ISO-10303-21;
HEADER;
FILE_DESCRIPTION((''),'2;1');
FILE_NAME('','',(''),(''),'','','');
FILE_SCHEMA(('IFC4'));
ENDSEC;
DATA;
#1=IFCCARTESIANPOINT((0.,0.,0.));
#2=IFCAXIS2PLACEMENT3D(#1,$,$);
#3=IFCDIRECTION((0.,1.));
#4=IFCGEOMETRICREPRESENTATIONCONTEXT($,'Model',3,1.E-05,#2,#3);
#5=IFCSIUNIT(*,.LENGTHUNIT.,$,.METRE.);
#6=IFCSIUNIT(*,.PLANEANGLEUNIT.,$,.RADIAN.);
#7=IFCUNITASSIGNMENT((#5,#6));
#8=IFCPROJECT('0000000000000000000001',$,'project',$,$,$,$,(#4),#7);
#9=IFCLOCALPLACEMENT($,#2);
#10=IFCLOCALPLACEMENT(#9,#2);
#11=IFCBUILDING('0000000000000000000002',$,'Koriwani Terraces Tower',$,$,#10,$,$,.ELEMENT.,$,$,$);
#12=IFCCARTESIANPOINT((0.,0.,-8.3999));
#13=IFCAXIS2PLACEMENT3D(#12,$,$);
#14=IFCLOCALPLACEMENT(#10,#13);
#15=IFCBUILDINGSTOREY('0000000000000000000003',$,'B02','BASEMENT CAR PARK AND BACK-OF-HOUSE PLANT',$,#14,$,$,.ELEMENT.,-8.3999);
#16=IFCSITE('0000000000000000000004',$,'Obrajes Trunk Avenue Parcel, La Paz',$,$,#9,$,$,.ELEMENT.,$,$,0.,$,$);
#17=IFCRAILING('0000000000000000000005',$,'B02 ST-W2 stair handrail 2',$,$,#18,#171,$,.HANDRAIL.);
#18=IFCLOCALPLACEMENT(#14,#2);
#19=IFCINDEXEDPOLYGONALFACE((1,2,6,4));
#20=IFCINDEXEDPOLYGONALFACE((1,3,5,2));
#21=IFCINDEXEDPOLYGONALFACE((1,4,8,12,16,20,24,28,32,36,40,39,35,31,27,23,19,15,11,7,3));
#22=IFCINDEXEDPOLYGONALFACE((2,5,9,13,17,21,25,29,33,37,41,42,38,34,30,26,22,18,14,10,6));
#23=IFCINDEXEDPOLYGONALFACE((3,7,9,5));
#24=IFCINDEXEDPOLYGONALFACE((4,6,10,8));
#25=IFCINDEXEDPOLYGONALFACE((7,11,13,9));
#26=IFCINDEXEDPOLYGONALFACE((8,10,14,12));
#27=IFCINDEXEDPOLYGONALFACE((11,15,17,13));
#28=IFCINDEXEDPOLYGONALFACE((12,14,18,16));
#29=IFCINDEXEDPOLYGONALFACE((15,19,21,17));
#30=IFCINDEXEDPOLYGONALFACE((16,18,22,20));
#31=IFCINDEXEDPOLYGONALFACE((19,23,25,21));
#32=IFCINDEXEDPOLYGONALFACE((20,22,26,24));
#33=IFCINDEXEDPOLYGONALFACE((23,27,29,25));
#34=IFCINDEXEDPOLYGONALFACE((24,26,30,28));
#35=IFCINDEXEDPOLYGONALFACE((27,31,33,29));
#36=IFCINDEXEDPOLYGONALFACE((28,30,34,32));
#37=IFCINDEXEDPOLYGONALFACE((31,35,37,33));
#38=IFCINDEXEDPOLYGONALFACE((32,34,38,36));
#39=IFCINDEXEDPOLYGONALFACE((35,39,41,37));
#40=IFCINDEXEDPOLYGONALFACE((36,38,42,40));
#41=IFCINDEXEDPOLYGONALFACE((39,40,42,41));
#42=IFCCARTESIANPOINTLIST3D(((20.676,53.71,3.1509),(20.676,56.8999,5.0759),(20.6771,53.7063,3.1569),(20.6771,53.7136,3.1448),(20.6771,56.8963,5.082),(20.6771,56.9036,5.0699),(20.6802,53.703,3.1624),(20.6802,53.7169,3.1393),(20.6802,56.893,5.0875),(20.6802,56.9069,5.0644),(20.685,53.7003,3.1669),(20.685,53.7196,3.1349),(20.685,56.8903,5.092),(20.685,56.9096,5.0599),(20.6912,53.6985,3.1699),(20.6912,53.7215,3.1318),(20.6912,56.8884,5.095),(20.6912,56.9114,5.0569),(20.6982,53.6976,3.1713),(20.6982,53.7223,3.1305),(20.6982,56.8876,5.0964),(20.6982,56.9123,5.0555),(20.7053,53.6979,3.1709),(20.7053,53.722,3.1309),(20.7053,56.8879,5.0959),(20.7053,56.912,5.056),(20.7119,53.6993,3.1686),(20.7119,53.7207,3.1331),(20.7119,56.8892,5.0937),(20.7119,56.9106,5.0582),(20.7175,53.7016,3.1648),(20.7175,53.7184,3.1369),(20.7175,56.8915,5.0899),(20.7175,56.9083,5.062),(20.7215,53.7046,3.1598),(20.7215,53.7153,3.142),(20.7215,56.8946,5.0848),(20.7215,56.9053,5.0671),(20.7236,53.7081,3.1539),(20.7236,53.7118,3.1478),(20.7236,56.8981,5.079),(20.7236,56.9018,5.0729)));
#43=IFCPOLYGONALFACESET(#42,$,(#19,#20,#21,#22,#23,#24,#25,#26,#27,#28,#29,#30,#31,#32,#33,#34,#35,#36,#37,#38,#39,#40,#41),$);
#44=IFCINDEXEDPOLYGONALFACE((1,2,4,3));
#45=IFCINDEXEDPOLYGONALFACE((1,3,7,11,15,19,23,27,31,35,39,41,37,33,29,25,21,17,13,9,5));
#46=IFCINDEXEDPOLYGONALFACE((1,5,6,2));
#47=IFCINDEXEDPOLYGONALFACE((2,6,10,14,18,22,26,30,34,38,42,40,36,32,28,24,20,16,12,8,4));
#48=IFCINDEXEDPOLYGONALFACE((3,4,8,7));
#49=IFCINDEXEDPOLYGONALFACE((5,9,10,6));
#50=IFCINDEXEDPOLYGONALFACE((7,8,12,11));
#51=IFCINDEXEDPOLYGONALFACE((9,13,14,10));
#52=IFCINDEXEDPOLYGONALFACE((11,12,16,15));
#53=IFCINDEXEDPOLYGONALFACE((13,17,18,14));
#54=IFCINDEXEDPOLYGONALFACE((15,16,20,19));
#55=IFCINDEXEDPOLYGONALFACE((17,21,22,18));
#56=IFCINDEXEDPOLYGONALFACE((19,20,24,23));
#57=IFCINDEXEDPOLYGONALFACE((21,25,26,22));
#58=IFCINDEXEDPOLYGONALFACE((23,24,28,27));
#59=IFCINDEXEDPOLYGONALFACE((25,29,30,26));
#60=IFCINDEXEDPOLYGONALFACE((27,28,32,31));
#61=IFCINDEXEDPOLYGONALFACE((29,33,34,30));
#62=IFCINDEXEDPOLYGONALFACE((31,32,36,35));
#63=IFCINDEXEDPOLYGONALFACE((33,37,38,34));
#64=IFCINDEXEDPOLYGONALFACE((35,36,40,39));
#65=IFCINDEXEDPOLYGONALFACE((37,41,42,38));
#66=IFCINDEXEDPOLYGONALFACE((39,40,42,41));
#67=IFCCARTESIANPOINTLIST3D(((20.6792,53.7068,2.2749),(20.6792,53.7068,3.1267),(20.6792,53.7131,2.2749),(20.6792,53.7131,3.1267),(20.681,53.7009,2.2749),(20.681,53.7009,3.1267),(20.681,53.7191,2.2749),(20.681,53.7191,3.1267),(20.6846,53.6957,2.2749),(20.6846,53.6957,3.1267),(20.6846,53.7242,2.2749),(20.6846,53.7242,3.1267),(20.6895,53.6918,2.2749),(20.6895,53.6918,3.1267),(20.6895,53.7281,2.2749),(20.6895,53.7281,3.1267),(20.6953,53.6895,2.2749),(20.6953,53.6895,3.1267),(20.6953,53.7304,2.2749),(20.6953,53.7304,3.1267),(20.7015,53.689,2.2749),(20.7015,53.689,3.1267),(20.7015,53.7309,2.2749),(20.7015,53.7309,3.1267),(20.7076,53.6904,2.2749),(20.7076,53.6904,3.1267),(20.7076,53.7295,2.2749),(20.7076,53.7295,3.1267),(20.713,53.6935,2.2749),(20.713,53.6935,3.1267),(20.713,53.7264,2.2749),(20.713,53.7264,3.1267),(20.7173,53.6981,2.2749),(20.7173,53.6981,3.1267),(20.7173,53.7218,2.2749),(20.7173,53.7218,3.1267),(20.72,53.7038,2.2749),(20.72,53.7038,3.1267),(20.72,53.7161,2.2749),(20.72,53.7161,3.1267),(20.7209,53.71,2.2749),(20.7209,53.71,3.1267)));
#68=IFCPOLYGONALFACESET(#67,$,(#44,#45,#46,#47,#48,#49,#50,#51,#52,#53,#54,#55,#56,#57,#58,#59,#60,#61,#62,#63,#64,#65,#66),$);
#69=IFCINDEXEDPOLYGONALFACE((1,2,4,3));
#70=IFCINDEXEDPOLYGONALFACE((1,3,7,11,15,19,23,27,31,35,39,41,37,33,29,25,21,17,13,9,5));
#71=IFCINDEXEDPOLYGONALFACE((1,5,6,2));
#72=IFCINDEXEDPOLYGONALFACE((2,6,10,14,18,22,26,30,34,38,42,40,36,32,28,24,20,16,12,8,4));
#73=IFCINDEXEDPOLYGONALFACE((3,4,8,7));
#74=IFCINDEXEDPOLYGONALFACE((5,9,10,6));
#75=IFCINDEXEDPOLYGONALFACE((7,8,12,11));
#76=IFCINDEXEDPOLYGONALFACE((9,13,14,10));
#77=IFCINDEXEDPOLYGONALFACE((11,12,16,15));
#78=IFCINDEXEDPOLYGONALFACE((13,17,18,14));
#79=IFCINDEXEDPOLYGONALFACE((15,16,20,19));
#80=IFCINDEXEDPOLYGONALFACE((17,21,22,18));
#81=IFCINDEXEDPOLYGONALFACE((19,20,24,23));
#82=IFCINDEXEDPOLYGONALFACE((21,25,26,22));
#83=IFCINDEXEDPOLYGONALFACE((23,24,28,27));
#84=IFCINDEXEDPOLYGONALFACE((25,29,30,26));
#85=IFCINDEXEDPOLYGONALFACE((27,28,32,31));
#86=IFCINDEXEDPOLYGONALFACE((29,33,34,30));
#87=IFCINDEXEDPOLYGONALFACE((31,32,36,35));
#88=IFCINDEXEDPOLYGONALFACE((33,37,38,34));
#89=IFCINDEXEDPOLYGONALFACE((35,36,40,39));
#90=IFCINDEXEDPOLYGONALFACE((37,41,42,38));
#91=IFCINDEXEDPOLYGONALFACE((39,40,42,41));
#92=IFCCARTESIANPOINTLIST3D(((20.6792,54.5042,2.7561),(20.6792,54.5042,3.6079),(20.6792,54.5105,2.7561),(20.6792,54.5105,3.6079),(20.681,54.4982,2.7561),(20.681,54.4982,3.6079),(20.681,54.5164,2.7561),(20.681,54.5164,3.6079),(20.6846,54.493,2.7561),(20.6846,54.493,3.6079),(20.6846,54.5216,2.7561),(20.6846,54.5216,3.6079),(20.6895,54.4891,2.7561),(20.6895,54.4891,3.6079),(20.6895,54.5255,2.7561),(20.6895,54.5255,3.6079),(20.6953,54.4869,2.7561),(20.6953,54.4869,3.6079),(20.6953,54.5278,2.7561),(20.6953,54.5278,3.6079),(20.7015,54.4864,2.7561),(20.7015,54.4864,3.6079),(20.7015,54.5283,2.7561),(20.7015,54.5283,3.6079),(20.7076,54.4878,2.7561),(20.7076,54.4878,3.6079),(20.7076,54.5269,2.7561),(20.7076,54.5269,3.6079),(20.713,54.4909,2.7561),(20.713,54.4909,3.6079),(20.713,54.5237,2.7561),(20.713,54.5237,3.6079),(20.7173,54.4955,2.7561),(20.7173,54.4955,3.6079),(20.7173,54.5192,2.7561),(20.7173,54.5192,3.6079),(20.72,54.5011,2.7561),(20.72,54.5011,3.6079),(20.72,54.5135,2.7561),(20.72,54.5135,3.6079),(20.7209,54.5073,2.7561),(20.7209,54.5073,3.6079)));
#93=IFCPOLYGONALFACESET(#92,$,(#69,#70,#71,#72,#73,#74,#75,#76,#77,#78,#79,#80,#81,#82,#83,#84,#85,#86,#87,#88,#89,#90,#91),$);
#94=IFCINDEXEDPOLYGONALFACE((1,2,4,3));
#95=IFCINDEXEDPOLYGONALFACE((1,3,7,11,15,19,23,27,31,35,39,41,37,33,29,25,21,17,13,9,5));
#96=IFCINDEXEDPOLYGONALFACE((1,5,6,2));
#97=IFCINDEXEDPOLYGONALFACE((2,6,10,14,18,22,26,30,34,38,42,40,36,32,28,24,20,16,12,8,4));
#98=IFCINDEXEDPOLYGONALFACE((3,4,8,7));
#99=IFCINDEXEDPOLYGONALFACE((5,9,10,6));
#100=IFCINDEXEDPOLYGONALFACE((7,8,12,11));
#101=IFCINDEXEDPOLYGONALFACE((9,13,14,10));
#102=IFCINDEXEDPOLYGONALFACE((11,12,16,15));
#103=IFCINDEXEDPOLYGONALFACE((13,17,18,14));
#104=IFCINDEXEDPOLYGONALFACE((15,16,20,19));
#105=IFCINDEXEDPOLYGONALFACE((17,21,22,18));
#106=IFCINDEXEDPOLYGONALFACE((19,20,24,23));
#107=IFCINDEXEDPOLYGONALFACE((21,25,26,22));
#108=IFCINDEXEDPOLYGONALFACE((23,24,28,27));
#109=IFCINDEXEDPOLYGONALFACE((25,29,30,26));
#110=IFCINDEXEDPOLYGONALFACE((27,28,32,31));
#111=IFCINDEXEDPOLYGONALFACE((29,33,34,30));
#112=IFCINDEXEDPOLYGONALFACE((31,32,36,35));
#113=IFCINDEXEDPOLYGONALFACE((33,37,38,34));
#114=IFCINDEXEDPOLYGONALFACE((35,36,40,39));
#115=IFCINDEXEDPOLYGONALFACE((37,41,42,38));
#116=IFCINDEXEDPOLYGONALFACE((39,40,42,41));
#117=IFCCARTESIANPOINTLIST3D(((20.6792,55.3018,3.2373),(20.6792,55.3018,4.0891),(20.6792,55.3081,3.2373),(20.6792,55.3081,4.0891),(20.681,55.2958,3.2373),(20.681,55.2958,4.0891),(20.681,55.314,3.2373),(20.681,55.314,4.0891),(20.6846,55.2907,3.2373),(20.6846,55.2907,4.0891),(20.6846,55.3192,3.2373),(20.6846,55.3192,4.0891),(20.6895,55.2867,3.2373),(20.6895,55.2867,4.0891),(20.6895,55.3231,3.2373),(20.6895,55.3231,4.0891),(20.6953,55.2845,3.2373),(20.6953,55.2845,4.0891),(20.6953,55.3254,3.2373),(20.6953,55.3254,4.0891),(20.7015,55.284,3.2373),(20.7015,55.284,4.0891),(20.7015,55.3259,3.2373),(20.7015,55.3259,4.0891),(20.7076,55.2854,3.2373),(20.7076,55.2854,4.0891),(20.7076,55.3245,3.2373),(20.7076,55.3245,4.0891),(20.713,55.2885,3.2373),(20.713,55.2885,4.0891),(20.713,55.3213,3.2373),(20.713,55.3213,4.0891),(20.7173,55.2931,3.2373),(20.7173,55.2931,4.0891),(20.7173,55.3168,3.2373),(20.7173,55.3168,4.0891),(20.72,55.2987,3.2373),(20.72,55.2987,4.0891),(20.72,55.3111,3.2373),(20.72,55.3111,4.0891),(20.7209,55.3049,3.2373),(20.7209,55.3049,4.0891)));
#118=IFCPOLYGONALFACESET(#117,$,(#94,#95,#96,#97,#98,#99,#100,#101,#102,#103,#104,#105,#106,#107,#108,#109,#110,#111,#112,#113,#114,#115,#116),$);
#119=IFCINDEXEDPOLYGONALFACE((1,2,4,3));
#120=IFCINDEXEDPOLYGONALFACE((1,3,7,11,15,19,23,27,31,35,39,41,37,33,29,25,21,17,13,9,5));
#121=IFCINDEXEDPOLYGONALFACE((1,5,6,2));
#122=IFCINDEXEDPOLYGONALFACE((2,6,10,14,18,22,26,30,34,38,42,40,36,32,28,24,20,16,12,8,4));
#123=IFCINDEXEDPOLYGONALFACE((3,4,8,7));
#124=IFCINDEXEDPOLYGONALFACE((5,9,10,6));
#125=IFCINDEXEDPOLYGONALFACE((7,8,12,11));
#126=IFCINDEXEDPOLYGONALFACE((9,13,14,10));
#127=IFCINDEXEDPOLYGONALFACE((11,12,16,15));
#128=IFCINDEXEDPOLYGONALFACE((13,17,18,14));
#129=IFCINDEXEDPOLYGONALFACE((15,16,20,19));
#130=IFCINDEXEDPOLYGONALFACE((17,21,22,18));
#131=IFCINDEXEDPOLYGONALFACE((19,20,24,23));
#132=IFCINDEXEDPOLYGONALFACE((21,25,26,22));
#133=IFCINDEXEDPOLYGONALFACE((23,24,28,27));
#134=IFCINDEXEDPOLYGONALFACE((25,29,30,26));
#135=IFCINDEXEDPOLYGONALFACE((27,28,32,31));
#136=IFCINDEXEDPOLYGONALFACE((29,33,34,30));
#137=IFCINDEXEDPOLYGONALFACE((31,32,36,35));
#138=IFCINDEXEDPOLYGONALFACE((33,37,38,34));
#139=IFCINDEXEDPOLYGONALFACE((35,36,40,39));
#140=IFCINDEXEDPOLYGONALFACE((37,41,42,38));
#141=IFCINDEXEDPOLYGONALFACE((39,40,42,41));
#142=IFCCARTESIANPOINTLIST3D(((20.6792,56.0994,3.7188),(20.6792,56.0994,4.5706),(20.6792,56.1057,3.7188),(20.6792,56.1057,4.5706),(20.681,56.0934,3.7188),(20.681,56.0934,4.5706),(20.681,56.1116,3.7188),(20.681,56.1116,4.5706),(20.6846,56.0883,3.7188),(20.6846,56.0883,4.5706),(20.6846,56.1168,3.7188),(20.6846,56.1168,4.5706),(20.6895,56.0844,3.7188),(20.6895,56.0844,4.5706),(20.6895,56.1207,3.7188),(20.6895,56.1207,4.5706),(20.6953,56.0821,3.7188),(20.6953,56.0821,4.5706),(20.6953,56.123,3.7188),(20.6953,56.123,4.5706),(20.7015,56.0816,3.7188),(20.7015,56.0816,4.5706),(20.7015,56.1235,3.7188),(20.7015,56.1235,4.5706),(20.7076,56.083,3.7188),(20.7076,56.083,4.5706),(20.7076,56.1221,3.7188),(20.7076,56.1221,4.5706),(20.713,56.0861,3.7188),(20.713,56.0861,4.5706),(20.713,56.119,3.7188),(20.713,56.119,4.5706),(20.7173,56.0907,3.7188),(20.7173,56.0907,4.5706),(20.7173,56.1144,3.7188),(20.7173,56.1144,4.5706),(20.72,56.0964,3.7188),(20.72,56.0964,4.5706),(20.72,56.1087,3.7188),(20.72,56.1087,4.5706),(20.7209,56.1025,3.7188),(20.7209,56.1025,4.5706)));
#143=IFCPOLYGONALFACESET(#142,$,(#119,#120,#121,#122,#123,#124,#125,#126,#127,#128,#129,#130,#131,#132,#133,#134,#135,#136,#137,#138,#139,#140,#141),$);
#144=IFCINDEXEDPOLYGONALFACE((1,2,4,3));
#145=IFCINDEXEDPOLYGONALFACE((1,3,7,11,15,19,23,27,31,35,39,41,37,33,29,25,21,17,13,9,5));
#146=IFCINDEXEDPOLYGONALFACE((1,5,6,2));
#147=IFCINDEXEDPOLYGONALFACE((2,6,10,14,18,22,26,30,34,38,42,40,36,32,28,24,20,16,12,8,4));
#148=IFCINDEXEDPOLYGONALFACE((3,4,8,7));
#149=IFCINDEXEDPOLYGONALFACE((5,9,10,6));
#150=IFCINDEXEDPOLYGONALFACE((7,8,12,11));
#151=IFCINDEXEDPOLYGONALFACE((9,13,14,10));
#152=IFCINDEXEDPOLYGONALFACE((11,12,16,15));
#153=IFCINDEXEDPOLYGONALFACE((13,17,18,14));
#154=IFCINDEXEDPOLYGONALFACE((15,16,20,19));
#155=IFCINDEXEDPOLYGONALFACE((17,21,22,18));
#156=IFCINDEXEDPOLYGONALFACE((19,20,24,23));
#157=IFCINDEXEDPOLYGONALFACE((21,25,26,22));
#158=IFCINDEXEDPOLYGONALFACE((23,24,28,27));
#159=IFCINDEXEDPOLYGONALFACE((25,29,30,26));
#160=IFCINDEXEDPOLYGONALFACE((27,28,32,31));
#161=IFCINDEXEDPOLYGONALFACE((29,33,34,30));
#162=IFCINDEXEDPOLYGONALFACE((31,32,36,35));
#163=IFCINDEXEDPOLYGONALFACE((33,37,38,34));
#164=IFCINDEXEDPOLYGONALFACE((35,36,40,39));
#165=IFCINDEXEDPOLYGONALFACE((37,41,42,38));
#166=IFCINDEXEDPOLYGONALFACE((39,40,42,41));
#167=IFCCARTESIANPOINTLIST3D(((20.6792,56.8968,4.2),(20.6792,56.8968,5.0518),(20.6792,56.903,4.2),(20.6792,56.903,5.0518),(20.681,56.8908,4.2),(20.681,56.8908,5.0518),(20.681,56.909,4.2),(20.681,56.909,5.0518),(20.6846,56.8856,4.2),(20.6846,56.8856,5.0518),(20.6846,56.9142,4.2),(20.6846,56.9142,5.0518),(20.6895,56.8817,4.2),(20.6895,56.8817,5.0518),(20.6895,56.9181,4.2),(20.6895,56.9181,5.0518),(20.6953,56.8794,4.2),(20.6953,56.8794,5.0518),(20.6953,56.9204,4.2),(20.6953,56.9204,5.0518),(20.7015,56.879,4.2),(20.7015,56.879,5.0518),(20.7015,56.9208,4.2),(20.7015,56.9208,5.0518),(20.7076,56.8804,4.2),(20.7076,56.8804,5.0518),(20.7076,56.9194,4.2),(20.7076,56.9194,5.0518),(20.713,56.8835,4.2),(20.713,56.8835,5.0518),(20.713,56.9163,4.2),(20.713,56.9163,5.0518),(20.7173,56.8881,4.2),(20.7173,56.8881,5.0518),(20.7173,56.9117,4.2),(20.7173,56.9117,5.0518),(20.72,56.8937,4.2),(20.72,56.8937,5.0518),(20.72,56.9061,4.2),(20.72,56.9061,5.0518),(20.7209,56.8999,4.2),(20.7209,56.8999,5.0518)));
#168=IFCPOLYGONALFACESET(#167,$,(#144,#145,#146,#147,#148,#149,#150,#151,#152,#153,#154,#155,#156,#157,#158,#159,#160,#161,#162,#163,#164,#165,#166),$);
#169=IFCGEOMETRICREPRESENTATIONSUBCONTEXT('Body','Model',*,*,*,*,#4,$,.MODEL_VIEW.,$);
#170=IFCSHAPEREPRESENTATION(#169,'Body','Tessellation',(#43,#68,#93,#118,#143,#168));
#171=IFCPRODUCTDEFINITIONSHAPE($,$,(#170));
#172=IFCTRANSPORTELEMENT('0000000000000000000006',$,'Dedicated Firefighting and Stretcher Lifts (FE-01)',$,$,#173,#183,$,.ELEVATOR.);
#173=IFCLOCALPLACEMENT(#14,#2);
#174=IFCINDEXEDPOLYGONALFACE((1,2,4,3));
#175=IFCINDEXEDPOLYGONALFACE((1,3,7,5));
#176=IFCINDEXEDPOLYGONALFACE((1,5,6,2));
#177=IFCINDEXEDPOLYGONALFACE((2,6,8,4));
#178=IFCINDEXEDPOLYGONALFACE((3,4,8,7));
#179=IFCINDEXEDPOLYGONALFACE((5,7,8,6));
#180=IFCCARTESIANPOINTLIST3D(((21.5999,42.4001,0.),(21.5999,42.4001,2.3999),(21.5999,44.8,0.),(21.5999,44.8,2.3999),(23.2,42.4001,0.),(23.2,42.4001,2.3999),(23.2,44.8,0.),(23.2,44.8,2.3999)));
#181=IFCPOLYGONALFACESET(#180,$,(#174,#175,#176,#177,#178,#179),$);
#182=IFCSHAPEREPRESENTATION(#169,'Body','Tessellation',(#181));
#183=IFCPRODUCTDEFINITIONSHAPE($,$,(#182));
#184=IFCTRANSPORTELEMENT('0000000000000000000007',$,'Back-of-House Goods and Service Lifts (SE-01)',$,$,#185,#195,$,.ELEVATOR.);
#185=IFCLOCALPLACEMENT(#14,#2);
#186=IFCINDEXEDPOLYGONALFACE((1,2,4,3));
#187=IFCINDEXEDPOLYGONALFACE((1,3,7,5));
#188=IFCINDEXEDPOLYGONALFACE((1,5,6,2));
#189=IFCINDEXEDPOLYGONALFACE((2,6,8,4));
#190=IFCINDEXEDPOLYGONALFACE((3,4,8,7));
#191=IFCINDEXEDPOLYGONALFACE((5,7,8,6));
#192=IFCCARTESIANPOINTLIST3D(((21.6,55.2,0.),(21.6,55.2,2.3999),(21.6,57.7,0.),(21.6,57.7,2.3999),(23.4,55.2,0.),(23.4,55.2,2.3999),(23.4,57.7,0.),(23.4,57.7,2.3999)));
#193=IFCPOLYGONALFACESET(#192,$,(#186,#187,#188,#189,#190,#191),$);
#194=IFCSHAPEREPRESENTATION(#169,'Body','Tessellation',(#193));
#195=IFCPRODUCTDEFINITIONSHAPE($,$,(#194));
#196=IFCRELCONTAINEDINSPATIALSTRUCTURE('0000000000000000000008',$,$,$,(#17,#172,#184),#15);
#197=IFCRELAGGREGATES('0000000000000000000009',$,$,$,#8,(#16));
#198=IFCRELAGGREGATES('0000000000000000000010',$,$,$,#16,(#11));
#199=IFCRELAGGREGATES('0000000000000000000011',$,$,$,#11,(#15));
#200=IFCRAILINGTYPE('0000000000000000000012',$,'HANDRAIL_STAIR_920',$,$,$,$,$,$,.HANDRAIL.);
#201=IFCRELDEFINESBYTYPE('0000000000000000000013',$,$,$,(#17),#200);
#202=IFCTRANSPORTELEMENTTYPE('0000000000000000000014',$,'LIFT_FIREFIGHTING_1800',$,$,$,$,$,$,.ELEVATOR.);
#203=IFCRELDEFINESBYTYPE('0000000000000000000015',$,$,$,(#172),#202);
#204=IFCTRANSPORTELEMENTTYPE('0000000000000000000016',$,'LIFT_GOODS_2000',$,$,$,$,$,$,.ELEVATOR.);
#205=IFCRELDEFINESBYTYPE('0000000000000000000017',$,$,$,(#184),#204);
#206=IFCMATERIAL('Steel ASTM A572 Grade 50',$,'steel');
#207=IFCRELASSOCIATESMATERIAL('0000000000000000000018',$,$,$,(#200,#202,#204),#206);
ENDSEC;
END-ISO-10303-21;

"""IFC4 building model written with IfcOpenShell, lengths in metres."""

from ifc_helpers import new_model, si_unit, direction, frame, origin, origin_2d, place, context, subcontext, project, spatial, rectangle, circle, extrude, material, type_object, element, save


model = new_model("IFC4")

# Units and contexts
model_context = context("Model", 3, precision=1e-05, world=origin(), true_north=direction((0.0, 1.0)))
body_context = subcontext(model_context, "Body", "Model", "MODEL_VIEW")
ifc_project = project(units=[si_unit("LENGTHUNIT", "METRE"), si_unit("PLANEANGLEUNIT", "RADIAN")], contexts=[model_context])

# Site, building, storey
site_placement = place(None, origin())
site = spatial("IfcSite", under=ifc_project, at=site_placement, Name="Obrajes Trunk Avenue Parcel, La Paz", CompositionType="ELEMENT", RefElevation=0.0)
building_placement = place(site_placement, origin())
building = spatial("IfcBuilding", under=site, at=building_placement, Name="Koriwani Terraces Tower", CompositionType="ELEMENT")
storey_placement = place(building_placement, frame((0.0, 0.0, -8.3999)))
storey = spatial("IfcBuildingStorey", under=building, at=storey_placement, Name="B02", Description="BASEMENT CAR PARK AND BACK-OF-HOUSE PLANT", CompositionType="ELEMENT", Elevation=-8.3999)

# Shared definitions
ifc_material_1 = material(Name="Steel ASTM A572 Grade 50", Category="steel")

# Railing
railing_type = type_object("IfcRailingType", Name="HANDRAIL_STAIR_920", PredefinedType="HANDRAIL", material=ifc_material_1)
for number, where, name in (
    (1, (20.7, 53.71, 2.2749), "B02 ST-W2 stair handrail 2"),
):
    element("IfcRailing", number, at=place(storey_placement, frame(where)), inside=storey, type_object=railing_type, Name=name, PredefinedType="HANDRAIL", context=body_context, shape_type="SweptSolid", body=[
        extrude(circle(Radius=0.0239, at=origin_2d()), frame((0.0, 0.0, 0.876), z_axis=(0.0, 0.856178, 0.516682), x_axis=(-1.0, 0.0, 0.0)), (0.0, 0.0, 1.0), 3.7258),
        extrude(circle(Radius=0.021, at=origin_2d()), origin(), (0.0, 0.0, 1.0), 0.8518),
        extrude(circle(Radius=0.021, at=origin_2d()), frame((0.0, 0.7974, 0.4812)), (0.0, 0.0, 1.0), 0.8518),
        extrude(circle(Radius=0.021, at=origin_2d()), frame((0.0, 1.595, 0.9624)), (0.0, 0.0, 1.0), 0.8518),
        extrude(circle(Radius=0.021, at=origin_2d()), frame((0.0, 2.3926, 1.4438)), (0.0, 0.0, 1.0), 0.8518),
        extrude(circle(Radius=0.021, at=origin_2d()), frame((0.0, 3.1899, 1.925)), (0.0, 0.0, 1.0), 0.8518),
    ])

# Transport elements
transport_element_type_1 = type_object("IfcTransportElementType", Name="LIFT_FIREFIGHTING_1800", PredefinedType="ELEVATOR", material=ifc_material_1)
transport_element_1_placement = place(storey_placement, frame((22.3999, 43.6001, 0.0), z_axis=(0.0, 0.0, 1.0), x_axis=(1.0, 0.0, 0.0)))
element("IfcTransportElement", 2, at=transport_element_1_placement, inside=storey, type_object=transport_element_type_1, Name="Dedicated Firefighting and Stretcher Lifts (FE-01)", PredefinedType="ELEVATOR", context=body_context, shape_type="SweptSolid", body=[
    extrude(rectangle(XDim=1.6001, YDim=2.3999, at=origin_2d()), origin(), (0.0, 0.0, 1.0), 2.3999),
])
transport_element_type_2 = type_object("IfcTransportElementType", Name="LIFT_GOODS_2000", PredefinedType="ELEVATOR", material=ifc_material_1)
transport_element_2_placement = place(storey_placement, frame((22.5, 56.45, 0.0), z_axis=(0.0, 0.0, 1.0), x_axis=(1.0, 0.0, 0.0)))
element("IfcTransportElement", 3, at=transport_element_2_placement, inside=storey, type_object=transport_element_type_2, Name="Back-of-House Goods and Service Lifts (SE-01)", PredefinedType="ELEVATOR", context=body_context, shape_type="SweptSolid", body=[
    extrude(rectangle(XDim=1.8, YDim=2.5, at=origin_2d()), origin(), (0.0, 0.0, 1.0), 2.3999),
])

save(model, "model.ifc")
